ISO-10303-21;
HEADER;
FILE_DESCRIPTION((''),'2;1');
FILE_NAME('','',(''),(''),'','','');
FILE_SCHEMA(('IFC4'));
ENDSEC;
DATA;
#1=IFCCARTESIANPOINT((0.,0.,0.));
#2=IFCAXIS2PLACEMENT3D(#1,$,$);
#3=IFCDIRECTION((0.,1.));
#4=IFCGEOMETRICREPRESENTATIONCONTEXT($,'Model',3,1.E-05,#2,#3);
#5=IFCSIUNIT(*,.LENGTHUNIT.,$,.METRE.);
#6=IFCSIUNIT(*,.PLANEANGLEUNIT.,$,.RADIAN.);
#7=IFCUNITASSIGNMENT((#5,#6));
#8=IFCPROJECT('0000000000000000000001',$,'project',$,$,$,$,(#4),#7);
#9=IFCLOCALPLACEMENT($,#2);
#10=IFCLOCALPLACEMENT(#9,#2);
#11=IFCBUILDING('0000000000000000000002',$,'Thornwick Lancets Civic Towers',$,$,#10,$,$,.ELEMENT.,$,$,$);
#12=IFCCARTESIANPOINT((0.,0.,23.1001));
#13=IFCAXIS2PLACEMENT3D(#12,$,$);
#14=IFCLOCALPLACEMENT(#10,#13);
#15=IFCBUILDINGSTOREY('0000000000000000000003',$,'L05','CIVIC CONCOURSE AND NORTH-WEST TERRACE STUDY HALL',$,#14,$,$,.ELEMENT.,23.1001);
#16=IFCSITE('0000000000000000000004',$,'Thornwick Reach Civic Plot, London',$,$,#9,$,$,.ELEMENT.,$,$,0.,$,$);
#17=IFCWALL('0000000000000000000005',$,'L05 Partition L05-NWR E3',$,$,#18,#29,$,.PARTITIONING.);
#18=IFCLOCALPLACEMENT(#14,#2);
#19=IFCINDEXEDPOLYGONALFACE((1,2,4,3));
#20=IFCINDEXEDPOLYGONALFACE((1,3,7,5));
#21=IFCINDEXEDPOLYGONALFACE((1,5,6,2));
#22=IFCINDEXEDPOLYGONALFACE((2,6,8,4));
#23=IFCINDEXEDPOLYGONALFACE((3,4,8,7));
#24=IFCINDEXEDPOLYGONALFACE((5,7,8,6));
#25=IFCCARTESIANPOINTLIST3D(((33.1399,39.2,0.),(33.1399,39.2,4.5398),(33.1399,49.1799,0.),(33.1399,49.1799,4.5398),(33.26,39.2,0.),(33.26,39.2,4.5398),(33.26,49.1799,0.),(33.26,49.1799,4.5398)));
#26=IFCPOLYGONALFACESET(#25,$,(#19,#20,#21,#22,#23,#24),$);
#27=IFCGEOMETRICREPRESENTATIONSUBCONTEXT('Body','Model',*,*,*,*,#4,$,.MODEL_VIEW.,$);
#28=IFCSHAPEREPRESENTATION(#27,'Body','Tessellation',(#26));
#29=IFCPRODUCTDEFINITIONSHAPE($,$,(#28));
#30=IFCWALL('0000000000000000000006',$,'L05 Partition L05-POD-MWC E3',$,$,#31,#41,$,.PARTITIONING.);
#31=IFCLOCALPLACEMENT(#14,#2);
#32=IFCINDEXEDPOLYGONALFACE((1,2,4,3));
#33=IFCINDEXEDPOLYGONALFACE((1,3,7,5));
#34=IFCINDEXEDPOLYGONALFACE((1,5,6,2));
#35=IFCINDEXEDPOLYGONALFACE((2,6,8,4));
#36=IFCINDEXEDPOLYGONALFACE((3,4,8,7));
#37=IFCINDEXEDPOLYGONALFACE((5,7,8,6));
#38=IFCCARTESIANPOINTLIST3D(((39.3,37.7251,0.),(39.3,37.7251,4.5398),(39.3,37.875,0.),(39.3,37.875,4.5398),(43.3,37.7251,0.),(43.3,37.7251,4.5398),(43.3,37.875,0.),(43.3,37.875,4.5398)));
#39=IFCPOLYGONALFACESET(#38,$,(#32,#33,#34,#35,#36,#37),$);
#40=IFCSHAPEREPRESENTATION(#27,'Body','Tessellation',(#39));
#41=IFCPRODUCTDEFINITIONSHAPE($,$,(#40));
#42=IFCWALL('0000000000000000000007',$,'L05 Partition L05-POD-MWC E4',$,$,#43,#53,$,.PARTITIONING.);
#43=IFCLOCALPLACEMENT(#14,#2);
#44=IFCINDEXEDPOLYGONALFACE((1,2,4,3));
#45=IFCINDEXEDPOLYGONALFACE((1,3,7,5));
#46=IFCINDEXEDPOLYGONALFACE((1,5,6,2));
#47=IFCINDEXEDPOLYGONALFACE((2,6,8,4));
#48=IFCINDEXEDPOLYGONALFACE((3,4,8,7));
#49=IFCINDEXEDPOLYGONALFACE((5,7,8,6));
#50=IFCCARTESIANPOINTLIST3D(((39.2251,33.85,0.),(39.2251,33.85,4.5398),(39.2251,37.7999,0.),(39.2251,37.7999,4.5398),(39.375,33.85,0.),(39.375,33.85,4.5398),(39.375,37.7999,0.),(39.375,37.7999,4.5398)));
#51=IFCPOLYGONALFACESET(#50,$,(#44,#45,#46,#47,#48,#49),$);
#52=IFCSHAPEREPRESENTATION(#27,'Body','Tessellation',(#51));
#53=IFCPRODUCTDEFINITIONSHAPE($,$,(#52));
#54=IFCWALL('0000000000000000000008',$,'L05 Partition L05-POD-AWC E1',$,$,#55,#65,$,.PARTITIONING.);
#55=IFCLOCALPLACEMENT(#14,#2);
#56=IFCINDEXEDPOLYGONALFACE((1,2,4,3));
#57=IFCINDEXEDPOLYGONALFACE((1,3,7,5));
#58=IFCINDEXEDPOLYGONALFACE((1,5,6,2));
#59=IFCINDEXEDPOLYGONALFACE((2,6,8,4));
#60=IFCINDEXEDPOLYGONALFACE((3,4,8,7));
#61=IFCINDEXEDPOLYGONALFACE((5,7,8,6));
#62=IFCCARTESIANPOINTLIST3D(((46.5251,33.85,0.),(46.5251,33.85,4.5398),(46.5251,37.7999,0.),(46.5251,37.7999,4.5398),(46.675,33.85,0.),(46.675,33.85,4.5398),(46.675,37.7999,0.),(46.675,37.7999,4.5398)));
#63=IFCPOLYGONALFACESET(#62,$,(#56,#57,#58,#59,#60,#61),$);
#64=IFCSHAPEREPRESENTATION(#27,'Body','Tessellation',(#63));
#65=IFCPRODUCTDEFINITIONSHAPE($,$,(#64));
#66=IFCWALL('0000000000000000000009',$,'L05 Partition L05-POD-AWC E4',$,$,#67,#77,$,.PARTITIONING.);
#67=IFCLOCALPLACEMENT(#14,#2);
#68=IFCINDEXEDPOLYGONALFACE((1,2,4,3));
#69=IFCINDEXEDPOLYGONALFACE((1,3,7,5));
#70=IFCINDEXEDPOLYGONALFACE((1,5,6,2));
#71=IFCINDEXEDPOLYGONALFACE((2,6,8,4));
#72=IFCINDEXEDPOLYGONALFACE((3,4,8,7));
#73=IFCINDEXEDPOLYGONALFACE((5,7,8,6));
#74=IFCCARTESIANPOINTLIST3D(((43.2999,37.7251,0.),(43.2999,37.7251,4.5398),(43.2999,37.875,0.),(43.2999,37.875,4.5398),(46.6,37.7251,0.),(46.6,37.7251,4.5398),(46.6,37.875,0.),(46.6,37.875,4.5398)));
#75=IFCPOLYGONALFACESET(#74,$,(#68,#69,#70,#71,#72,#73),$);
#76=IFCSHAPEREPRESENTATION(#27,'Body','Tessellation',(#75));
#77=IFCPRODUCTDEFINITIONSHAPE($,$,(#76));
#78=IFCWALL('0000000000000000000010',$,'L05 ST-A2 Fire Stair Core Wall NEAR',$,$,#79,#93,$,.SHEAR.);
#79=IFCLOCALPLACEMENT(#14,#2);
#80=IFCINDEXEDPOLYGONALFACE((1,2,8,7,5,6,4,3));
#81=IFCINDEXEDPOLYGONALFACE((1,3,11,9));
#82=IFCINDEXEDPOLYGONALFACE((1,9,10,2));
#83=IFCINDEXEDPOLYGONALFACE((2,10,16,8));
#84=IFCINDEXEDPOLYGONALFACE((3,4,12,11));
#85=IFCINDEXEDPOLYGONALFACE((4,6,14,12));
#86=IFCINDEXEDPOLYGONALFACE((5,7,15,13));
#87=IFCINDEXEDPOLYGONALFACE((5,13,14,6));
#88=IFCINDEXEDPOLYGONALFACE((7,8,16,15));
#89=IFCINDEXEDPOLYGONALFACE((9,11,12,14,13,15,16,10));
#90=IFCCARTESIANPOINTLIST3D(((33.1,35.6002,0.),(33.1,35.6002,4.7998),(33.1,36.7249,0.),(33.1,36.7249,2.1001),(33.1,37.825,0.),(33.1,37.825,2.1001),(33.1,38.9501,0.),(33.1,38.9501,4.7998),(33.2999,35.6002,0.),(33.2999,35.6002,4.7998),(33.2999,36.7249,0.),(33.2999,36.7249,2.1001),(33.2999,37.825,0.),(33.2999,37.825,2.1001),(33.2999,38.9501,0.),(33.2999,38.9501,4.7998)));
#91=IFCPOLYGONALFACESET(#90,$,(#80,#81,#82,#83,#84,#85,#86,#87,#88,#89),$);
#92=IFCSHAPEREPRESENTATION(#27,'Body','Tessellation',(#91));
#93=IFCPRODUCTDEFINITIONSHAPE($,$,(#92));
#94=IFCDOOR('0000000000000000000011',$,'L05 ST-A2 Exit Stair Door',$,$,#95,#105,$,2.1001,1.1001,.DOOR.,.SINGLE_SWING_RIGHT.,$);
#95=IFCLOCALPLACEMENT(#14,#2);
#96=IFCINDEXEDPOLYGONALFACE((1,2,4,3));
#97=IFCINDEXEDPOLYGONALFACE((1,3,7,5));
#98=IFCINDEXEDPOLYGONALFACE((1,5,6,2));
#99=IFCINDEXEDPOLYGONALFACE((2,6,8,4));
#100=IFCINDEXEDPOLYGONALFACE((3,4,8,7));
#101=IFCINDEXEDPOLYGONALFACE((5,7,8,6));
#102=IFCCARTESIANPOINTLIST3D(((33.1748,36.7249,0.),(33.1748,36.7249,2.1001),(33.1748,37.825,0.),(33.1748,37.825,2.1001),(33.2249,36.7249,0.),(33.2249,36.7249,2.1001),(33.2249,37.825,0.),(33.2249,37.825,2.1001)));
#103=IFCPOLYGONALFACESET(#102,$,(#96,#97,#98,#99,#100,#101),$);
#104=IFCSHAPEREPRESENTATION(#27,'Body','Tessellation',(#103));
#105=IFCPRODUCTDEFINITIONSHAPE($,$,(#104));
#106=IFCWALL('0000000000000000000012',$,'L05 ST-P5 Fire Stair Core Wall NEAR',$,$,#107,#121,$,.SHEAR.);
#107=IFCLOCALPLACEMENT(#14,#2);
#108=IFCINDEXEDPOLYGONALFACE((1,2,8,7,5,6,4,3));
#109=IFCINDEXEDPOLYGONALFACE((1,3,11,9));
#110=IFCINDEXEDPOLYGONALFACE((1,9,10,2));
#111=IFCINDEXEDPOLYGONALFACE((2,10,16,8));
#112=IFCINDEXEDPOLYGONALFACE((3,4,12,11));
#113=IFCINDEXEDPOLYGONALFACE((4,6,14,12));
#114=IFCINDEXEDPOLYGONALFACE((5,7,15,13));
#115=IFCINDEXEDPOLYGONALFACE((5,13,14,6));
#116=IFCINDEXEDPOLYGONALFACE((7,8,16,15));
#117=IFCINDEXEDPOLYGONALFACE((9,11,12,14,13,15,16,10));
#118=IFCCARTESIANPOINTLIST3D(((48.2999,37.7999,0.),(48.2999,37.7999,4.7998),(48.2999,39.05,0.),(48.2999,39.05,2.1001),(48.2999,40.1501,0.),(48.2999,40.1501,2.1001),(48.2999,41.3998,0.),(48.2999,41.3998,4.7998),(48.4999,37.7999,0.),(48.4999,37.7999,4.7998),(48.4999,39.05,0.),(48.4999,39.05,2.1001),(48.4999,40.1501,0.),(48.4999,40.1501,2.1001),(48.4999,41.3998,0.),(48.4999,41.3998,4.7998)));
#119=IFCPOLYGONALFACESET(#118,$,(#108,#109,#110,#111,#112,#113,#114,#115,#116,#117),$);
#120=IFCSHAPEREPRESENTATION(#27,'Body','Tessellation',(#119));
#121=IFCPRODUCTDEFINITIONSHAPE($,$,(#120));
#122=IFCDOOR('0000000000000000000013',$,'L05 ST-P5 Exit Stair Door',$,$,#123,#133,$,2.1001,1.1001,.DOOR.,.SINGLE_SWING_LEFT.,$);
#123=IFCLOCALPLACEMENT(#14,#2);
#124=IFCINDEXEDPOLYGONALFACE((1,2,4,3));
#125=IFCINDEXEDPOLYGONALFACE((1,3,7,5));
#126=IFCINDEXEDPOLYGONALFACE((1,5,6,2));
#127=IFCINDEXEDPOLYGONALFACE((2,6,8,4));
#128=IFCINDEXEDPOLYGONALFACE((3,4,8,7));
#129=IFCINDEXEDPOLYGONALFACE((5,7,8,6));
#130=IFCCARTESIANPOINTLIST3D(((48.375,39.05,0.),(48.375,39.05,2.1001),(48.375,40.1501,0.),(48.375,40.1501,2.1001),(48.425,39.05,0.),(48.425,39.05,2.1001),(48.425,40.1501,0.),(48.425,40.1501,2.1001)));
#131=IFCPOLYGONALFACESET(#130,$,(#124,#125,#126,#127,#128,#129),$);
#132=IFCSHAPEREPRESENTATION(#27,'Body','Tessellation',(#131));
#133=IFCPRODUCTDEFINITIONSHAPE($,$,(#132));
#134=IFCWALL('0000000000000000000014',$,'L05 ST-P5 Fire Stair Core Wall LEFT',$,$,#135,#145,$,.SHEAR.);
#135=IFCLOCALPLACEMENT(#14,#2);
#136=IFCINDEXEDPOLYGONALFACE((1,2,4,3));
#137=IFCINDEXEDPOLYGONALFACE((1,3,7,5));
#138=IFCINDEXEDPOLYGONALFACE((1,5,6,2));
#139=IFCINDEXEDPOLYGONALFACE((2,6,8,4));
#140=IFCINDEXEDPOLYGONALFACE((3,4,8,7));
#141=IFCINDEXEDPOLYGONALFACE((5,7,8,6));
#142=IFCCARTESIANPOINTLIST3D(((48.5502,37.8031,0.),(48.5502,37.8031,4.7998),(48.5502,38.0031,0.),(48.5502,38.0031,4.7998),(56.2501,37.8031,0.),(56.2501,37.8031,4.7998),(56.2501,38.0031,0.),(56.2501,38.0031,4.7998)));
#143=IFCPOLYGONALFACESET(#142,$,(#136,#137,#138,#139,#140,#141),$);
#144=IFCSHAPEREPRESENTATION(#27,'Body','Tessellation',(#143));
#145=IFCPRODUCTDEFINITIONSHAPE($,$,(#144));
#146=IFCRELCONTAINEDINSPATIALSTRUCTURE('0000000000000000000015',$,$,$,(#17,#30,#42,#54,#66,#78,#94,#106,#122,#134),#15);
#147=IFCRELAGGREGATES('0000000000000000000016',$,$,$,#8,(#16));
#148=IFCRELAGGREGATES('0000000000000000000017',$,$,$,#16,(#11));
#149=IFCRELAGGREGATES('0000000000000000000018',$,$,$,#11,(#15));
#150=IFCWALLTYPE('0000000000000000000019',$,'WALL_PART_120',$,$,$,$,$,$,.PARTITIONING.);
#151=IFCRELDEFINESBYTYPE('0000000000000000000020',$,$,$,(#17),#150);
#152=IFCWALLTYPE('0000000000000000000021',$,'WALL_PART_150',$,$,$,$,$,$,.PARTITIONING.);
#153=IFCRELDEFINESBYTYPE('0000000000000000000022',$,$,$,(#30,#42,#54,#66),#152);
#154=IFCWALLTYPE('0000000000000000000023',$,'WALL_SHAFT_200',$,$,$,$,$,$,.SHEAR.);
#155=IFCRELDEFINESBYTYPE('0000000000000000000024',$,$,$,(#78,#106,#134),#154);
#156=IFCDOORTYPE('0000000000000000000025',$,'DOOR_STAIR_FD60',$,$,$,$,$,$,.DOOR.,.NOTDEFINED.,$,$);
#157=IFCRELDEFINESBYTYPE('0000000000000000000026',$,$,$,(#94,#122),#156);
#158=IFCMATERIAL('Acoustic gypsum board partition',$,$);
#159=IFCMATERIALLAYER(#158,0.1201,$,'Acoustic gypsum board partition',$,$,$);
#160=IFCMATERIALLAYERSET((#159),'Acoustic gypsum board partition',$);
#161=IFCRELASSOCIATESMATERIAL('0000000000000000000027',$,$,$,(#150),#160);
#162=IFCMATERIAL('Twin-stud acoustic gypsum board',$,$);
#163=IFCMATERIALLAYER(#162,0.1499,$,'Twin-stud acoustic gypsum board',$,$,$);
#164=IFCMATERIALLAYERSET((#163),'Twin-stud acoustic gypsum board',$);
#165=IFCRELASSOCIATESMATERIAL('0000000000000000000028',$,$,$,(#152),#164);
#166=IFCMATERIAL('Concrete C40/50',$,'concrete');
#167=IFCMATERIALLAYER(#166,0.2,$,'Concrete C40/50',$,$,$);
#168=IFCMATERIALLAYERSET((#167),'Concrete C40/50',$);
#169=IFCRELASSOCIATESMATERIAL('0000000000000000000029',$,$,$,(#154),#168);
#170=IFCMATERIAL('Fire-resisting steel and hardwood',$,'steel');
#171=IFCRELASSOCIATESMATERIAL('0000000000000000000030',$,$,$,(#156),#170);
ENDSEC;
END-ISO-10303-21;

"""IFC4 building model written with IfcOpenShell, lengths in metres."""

from ifc_helpers import new_model, si_unit, direction, frame, frame_2d, origin, place, context, subcontext, project, spatial, rectangle, extrude, material, layer, layer_set, type_object, element, fill, save


model = new_model("IFC4")

# Units and contexts
model_context = context("Model", 3, precision=1e-05, world=origin(), true_north=direction((0.0, 1.0)))
body_context = subcontext(model_context, "Body", "Model", "MODEL_VIEW")
ifc_project = project(units=[si_unit("LENGTHUNIT", "METRE"), si_unit("PLANEANGLEUNIT", "RADIAN")], contexts=[model_context])

# Site, building, storey
site_placement = place(None, origin())
site = spatial("IfcSite", under=ifc_project, at=site_placement, Name="Thornwick Reach Civic Plot, London", CompositionType="ELEMENT", RefElevation=0.0)
building_placement = place(site_placement, origin())
building = spatial("IfcBuilding", under=site, at=building_placement, Name="Thornwick Lancets Civic Towers", CompositionType="ELEMENT")
storey_placement = place(building_placement, frame((0.0, 0.0, 23.1001)))
storey = spatial("IfcBuildingStorey", under=building, at=storey_placement, Name="L05", Description="CIVIC CONCOURSE AND NORTH-WEST TERRACE STUDY HALL", CompositionType="ELEMENT", Elevation=23.1001)

# Shared definitions
ifc_material_1 = material(Name="Concrete C40/50", Category="concrete")

# Walls
ifc_material_2 = material(Name="Acoustic gypsum board partition")
ifc_layer_1 = layer(ifc_material_2, 0.1201, Name="Acoustic gypsum board partition")
ifc_layer_set_1 = layer_set([ifc_layer_1], Name="Acoustic gypsum board partition")
wall_type_1 = type_object("IfcWallType", Name="WALL_PART_120", PredefinedType="PARTITIONING", material=ifc_layer_set_1)
wall_1_placement = place(storey_placement, frame((33.2, 49.1799, 0.0), z_axis=(0.0, 0.0, 1.0), x_axis=(0.0, -1.0, 0.0)))
element("IfcWall", 1, at=wall_1_placement, inside=storey, type_object=wall_type_1, Name="L05 Partition L05-NWR E3", PredefinedType="PARTITIONING", context=body_context, shape_type="SweptSolid", body=[
    extrude(rectangle(XDim=9.98, YDim=0.1201, at=frame_2d((4.99, 0.0))), origin(), (0.0, 0.0, 1.0), 4.5398),
])
ifc_material_3 = material(Name="Twin-stud acoustic gypsum board")
ifc_layer_2 = layer(ifc_material_3, 0.1499, Name="Twin-stud acoustic gypsum board")
ifc_layer_set_2 = layer_set([ifc_layer_2], Name="Twin-stud acoustic gypsum board")
wall_type_2 = type_object("IfcWallType", Name="WALL_PART_150", PredefinedType="PARTITIONING", material=ifc_layer_set_2)
wall_2_placement = place(storey_placement, frame((43.3, 37.8, 0.0), z_axis=(0.0, 0.0, 1.0), x_axis=(-1.0, 0.0, 0.0)))
element("IfcWall", 2, at=wall_2_placement, inside=storey, type_object=wall_type_2, Name="L05 Partition L05-POD-MWC E3", PredefinedType="PARTITIONING", context=body_context, shape_type="SweptSolid", body=[
    extrude(rectangle(XDim=4.0, YDim=0.1499, at=frame_2d((2.0, 0.0))), origin(), (0.0, 0.0, 1.0), 4.5398),
])
for number, where, z_axis, x_axis, name in (
    (3, (39.3, 37.8, 0.0), (0.0, 0.0, 1.0), (0.0, -1.0, 0.0), "L05 Partition L05-POD-MWC E4"),
    (4, (46.6001, 37.8, 0.0), (0.0, 0.0, 1.0), (0.0, -1.0, 0.0), "L05 Partition L05-POD-AWC E1"),
):
    element("IfcWall", number, at=place(storey_placement, frame(where, z_axis=z_axis, x_axis=x_axis)), inside=storey, type_object=wall_type_2, Name=name, PredefinedType="PARTITIONING", context=body_context, shape_type="SweptSolid", body=[
        extrude(rectangle(XDim=3.95, YDim=0.1499, at=frame_2d((1.9751, 0.0))), origin(), (0.0, 0.0, 1.0), 4.5398),
    ])
wall_3_placement = place(storey_placement, frame((43.3, 37.8, 0.0), z_axis=(0.0, 0.0, 1.0), x_axis=(1.0, 0.0, 0.0)))
element("IfcWall", 5, at=wall_3_placement, inside=storey, type_object=wall_type_2, Name="L05 Partition L05-POD-AWC E4", PredefinedType="PARTITIONING", context=body_context, shape_type="SweptSolid", body=[
    extrude(rectangle(XDim=3.3, YDim=0.1499, at=frame_2d((1.6499, 0.0))), origin(), (0.0, 0.0, 1.0), 4.5398),
])

# Walls, openings, doors
ifc_layer_3 = layer(ifc_material_1, 0.2, Name="Concrete C40/50")
ifc_layer_set_3 = layer_set([ifc_layer_3], Name="Concrete C40/50")
wall_type_3 = type_object("IfcWallType", Name="WALL_SHAFT_200", PredefinedType="SHEAR", material=ifc_layer_set_3)
wall_4_placement = place(storey_placement, frame((33.2, 38.95, 0.0), z_axis=(0.0, 0.0, 1.0), x_axis=(0.0, -1.0, 0.0)))
wall_4 = element("IfcWall", 6, at=wall_4_placement, inside=storey, type_object=wall_type_3, Name="L05 ST-A2 Fire Stair Core Wall NEAR", PredefinedType="SHEAR", context=body_context, shape_type="SweptSolid", body=[
    extrude(rectangle(XDim=3.3499, YDim=0.2, at=frame_2d((1.6748, 0.0))), origin(), (0.0, 0.0, 1.0), 4.7998),
])
opening_1_placement = place(wall_4_placement, frame((1.125, 0.0, 0.0)))
opening_1 = element("IfcOpeningElement", 7, at=opening_1_placement, cuts=wall_4, PredefinedType="OPENING", context=body_context, shape_type="SweptSolid", body=[
    extrude(rectangle(XDim=1.1001, YDim=2.1001, at=frame_2d((0.55, 1.05))), frame((0.0, 0.1099, 0.0), z_axis=(0.0, -1.0, 0.0), x_axis=(1.0, 0.0, 0.0)), (0.0, 0.0, 1.0), 0.22),
])
ifc_material_4 = material(Name="Fire-resisting steel and hardwood", Category="steel")
door_type = type_object("IfcDoorType", Name="DOOR_STAIR_FD60", OperationType="NOTDEFINED", PredefinedType="DOOR", material=ifc_material_4)
door_1_placement = place(opening_1_placement, origin())
door_1 = element("IfcDoor", 8, at=door_1_placement, inside=storey, type_object=door_type, Name="L05 ST-A2 Exit Stair Door", OperationType="SINGLE_SWING_RIGHT", OverallHeight=2.1001, OverallWidth=1.1001, PredefinedType="DOOR", context=body_context, shape_type="SweptSolid", body=[
    extrude(rectangle(XDim=1.1001, YDim=2.1001, at=frame_2d((0.55, 1.05))), frame((0.0, 0.0249, 0.0), z_axis=(0.0, -1.0, 0.0), x_axis=(1.0, 0.0, 0.0)), (0.0, 0.0, 1.0), 0.05),
])
fill(opening_1, door_1)
wall_5_placement = place(storey_placement, frame((48.3999, 37.8, 0.0), z_axis=(0.0, 0.0, 1.0), x_axis=(0.0, 1.0, 0.0)))
wall_5 = element("IfcWall", 9, at=wall_5_placement, inside=storey, type_object=wall_type_3, Name="L05 ST-P5 Fire Stair Core Wall NEAR", PredefinedType="SHEAR", context=body_context, shape_type="SweptSolid", body=[
    extrude(rectangle(XDim=3.5999, YDim=0.2, at=frame_2d((1.7998, 0.0))), origin(), (0.0, 0.0, 1.0), 4.7998),
])
opening_2_placement = place(wall_5_placement, frame((1.25, 0.0, 0.0)))
opening_2 = element("IfcOpeningElement", 10, at=opening_2_placement, cuts=wall_5, PredefinedType="OPENING", context=body_context, shape_type="SweptSolid", body=[
    extrude(rectangle(XDim=1.1001, YDim=2.1001, at=frame_2d((0.55, 1.05))), frame((0.0, 0.1099, 0.0), z_axis=(0.0, -1.0, 0.0), x_axis=(1.0, 0.0, 0.0)), (0.0, 0.0, 1.0), 0.22),
])
door_2_placement = place(opening_2_placement, origin())
door_2 = element("IfcDoor", 11, at=door_2_placement, inside=storey, type_object=door_type, Name="L05 ST-P5 Exit Stair Door", OperationType="SINGLE_SWING_LEFT", OverallHeight=2.1001, OverallWidth=1.1001, PredefinedType="DOOR", context=body_context, shape_type="SweptSolid", body=[
    extrude(rectangle(XDim=1.1001, YDim=2.1001, at=frame_2d((0.55, 1.05))), frame((0.0, 0.0249, 0.0), z_axis=(0.0, -1.0, 0.0), x_axis=(1.0, 0.0, 0.0)), (0.0, 0.0, 1.0), 0.05),
])
fill(opening_2, door_2)

# Wall
wall_6_placement = place(storey_placement, frame((48.55, 37.9031, 0.0), z_axis=(0.0, 0.0, 1.0), x_axis=(1.0, 0.0, 0.0)))
element("IfcWall", 12, at=wall_6_placement, inside=storey, type_object=wall_type_3, Name="L05 ST-P5 Fire Stair Core Wall LEFT", PredefinedType="SHEAR", context=body_context, shape_type="SweptSolid", body=[
    extrude(rectangle(XDim=7.7, YDim=0.2, at=frame_2d((3.8501, 0.0))), origin(), (0.0, 0.0, 1.0), 4.7998),
])

save(model, "model.ifc")
